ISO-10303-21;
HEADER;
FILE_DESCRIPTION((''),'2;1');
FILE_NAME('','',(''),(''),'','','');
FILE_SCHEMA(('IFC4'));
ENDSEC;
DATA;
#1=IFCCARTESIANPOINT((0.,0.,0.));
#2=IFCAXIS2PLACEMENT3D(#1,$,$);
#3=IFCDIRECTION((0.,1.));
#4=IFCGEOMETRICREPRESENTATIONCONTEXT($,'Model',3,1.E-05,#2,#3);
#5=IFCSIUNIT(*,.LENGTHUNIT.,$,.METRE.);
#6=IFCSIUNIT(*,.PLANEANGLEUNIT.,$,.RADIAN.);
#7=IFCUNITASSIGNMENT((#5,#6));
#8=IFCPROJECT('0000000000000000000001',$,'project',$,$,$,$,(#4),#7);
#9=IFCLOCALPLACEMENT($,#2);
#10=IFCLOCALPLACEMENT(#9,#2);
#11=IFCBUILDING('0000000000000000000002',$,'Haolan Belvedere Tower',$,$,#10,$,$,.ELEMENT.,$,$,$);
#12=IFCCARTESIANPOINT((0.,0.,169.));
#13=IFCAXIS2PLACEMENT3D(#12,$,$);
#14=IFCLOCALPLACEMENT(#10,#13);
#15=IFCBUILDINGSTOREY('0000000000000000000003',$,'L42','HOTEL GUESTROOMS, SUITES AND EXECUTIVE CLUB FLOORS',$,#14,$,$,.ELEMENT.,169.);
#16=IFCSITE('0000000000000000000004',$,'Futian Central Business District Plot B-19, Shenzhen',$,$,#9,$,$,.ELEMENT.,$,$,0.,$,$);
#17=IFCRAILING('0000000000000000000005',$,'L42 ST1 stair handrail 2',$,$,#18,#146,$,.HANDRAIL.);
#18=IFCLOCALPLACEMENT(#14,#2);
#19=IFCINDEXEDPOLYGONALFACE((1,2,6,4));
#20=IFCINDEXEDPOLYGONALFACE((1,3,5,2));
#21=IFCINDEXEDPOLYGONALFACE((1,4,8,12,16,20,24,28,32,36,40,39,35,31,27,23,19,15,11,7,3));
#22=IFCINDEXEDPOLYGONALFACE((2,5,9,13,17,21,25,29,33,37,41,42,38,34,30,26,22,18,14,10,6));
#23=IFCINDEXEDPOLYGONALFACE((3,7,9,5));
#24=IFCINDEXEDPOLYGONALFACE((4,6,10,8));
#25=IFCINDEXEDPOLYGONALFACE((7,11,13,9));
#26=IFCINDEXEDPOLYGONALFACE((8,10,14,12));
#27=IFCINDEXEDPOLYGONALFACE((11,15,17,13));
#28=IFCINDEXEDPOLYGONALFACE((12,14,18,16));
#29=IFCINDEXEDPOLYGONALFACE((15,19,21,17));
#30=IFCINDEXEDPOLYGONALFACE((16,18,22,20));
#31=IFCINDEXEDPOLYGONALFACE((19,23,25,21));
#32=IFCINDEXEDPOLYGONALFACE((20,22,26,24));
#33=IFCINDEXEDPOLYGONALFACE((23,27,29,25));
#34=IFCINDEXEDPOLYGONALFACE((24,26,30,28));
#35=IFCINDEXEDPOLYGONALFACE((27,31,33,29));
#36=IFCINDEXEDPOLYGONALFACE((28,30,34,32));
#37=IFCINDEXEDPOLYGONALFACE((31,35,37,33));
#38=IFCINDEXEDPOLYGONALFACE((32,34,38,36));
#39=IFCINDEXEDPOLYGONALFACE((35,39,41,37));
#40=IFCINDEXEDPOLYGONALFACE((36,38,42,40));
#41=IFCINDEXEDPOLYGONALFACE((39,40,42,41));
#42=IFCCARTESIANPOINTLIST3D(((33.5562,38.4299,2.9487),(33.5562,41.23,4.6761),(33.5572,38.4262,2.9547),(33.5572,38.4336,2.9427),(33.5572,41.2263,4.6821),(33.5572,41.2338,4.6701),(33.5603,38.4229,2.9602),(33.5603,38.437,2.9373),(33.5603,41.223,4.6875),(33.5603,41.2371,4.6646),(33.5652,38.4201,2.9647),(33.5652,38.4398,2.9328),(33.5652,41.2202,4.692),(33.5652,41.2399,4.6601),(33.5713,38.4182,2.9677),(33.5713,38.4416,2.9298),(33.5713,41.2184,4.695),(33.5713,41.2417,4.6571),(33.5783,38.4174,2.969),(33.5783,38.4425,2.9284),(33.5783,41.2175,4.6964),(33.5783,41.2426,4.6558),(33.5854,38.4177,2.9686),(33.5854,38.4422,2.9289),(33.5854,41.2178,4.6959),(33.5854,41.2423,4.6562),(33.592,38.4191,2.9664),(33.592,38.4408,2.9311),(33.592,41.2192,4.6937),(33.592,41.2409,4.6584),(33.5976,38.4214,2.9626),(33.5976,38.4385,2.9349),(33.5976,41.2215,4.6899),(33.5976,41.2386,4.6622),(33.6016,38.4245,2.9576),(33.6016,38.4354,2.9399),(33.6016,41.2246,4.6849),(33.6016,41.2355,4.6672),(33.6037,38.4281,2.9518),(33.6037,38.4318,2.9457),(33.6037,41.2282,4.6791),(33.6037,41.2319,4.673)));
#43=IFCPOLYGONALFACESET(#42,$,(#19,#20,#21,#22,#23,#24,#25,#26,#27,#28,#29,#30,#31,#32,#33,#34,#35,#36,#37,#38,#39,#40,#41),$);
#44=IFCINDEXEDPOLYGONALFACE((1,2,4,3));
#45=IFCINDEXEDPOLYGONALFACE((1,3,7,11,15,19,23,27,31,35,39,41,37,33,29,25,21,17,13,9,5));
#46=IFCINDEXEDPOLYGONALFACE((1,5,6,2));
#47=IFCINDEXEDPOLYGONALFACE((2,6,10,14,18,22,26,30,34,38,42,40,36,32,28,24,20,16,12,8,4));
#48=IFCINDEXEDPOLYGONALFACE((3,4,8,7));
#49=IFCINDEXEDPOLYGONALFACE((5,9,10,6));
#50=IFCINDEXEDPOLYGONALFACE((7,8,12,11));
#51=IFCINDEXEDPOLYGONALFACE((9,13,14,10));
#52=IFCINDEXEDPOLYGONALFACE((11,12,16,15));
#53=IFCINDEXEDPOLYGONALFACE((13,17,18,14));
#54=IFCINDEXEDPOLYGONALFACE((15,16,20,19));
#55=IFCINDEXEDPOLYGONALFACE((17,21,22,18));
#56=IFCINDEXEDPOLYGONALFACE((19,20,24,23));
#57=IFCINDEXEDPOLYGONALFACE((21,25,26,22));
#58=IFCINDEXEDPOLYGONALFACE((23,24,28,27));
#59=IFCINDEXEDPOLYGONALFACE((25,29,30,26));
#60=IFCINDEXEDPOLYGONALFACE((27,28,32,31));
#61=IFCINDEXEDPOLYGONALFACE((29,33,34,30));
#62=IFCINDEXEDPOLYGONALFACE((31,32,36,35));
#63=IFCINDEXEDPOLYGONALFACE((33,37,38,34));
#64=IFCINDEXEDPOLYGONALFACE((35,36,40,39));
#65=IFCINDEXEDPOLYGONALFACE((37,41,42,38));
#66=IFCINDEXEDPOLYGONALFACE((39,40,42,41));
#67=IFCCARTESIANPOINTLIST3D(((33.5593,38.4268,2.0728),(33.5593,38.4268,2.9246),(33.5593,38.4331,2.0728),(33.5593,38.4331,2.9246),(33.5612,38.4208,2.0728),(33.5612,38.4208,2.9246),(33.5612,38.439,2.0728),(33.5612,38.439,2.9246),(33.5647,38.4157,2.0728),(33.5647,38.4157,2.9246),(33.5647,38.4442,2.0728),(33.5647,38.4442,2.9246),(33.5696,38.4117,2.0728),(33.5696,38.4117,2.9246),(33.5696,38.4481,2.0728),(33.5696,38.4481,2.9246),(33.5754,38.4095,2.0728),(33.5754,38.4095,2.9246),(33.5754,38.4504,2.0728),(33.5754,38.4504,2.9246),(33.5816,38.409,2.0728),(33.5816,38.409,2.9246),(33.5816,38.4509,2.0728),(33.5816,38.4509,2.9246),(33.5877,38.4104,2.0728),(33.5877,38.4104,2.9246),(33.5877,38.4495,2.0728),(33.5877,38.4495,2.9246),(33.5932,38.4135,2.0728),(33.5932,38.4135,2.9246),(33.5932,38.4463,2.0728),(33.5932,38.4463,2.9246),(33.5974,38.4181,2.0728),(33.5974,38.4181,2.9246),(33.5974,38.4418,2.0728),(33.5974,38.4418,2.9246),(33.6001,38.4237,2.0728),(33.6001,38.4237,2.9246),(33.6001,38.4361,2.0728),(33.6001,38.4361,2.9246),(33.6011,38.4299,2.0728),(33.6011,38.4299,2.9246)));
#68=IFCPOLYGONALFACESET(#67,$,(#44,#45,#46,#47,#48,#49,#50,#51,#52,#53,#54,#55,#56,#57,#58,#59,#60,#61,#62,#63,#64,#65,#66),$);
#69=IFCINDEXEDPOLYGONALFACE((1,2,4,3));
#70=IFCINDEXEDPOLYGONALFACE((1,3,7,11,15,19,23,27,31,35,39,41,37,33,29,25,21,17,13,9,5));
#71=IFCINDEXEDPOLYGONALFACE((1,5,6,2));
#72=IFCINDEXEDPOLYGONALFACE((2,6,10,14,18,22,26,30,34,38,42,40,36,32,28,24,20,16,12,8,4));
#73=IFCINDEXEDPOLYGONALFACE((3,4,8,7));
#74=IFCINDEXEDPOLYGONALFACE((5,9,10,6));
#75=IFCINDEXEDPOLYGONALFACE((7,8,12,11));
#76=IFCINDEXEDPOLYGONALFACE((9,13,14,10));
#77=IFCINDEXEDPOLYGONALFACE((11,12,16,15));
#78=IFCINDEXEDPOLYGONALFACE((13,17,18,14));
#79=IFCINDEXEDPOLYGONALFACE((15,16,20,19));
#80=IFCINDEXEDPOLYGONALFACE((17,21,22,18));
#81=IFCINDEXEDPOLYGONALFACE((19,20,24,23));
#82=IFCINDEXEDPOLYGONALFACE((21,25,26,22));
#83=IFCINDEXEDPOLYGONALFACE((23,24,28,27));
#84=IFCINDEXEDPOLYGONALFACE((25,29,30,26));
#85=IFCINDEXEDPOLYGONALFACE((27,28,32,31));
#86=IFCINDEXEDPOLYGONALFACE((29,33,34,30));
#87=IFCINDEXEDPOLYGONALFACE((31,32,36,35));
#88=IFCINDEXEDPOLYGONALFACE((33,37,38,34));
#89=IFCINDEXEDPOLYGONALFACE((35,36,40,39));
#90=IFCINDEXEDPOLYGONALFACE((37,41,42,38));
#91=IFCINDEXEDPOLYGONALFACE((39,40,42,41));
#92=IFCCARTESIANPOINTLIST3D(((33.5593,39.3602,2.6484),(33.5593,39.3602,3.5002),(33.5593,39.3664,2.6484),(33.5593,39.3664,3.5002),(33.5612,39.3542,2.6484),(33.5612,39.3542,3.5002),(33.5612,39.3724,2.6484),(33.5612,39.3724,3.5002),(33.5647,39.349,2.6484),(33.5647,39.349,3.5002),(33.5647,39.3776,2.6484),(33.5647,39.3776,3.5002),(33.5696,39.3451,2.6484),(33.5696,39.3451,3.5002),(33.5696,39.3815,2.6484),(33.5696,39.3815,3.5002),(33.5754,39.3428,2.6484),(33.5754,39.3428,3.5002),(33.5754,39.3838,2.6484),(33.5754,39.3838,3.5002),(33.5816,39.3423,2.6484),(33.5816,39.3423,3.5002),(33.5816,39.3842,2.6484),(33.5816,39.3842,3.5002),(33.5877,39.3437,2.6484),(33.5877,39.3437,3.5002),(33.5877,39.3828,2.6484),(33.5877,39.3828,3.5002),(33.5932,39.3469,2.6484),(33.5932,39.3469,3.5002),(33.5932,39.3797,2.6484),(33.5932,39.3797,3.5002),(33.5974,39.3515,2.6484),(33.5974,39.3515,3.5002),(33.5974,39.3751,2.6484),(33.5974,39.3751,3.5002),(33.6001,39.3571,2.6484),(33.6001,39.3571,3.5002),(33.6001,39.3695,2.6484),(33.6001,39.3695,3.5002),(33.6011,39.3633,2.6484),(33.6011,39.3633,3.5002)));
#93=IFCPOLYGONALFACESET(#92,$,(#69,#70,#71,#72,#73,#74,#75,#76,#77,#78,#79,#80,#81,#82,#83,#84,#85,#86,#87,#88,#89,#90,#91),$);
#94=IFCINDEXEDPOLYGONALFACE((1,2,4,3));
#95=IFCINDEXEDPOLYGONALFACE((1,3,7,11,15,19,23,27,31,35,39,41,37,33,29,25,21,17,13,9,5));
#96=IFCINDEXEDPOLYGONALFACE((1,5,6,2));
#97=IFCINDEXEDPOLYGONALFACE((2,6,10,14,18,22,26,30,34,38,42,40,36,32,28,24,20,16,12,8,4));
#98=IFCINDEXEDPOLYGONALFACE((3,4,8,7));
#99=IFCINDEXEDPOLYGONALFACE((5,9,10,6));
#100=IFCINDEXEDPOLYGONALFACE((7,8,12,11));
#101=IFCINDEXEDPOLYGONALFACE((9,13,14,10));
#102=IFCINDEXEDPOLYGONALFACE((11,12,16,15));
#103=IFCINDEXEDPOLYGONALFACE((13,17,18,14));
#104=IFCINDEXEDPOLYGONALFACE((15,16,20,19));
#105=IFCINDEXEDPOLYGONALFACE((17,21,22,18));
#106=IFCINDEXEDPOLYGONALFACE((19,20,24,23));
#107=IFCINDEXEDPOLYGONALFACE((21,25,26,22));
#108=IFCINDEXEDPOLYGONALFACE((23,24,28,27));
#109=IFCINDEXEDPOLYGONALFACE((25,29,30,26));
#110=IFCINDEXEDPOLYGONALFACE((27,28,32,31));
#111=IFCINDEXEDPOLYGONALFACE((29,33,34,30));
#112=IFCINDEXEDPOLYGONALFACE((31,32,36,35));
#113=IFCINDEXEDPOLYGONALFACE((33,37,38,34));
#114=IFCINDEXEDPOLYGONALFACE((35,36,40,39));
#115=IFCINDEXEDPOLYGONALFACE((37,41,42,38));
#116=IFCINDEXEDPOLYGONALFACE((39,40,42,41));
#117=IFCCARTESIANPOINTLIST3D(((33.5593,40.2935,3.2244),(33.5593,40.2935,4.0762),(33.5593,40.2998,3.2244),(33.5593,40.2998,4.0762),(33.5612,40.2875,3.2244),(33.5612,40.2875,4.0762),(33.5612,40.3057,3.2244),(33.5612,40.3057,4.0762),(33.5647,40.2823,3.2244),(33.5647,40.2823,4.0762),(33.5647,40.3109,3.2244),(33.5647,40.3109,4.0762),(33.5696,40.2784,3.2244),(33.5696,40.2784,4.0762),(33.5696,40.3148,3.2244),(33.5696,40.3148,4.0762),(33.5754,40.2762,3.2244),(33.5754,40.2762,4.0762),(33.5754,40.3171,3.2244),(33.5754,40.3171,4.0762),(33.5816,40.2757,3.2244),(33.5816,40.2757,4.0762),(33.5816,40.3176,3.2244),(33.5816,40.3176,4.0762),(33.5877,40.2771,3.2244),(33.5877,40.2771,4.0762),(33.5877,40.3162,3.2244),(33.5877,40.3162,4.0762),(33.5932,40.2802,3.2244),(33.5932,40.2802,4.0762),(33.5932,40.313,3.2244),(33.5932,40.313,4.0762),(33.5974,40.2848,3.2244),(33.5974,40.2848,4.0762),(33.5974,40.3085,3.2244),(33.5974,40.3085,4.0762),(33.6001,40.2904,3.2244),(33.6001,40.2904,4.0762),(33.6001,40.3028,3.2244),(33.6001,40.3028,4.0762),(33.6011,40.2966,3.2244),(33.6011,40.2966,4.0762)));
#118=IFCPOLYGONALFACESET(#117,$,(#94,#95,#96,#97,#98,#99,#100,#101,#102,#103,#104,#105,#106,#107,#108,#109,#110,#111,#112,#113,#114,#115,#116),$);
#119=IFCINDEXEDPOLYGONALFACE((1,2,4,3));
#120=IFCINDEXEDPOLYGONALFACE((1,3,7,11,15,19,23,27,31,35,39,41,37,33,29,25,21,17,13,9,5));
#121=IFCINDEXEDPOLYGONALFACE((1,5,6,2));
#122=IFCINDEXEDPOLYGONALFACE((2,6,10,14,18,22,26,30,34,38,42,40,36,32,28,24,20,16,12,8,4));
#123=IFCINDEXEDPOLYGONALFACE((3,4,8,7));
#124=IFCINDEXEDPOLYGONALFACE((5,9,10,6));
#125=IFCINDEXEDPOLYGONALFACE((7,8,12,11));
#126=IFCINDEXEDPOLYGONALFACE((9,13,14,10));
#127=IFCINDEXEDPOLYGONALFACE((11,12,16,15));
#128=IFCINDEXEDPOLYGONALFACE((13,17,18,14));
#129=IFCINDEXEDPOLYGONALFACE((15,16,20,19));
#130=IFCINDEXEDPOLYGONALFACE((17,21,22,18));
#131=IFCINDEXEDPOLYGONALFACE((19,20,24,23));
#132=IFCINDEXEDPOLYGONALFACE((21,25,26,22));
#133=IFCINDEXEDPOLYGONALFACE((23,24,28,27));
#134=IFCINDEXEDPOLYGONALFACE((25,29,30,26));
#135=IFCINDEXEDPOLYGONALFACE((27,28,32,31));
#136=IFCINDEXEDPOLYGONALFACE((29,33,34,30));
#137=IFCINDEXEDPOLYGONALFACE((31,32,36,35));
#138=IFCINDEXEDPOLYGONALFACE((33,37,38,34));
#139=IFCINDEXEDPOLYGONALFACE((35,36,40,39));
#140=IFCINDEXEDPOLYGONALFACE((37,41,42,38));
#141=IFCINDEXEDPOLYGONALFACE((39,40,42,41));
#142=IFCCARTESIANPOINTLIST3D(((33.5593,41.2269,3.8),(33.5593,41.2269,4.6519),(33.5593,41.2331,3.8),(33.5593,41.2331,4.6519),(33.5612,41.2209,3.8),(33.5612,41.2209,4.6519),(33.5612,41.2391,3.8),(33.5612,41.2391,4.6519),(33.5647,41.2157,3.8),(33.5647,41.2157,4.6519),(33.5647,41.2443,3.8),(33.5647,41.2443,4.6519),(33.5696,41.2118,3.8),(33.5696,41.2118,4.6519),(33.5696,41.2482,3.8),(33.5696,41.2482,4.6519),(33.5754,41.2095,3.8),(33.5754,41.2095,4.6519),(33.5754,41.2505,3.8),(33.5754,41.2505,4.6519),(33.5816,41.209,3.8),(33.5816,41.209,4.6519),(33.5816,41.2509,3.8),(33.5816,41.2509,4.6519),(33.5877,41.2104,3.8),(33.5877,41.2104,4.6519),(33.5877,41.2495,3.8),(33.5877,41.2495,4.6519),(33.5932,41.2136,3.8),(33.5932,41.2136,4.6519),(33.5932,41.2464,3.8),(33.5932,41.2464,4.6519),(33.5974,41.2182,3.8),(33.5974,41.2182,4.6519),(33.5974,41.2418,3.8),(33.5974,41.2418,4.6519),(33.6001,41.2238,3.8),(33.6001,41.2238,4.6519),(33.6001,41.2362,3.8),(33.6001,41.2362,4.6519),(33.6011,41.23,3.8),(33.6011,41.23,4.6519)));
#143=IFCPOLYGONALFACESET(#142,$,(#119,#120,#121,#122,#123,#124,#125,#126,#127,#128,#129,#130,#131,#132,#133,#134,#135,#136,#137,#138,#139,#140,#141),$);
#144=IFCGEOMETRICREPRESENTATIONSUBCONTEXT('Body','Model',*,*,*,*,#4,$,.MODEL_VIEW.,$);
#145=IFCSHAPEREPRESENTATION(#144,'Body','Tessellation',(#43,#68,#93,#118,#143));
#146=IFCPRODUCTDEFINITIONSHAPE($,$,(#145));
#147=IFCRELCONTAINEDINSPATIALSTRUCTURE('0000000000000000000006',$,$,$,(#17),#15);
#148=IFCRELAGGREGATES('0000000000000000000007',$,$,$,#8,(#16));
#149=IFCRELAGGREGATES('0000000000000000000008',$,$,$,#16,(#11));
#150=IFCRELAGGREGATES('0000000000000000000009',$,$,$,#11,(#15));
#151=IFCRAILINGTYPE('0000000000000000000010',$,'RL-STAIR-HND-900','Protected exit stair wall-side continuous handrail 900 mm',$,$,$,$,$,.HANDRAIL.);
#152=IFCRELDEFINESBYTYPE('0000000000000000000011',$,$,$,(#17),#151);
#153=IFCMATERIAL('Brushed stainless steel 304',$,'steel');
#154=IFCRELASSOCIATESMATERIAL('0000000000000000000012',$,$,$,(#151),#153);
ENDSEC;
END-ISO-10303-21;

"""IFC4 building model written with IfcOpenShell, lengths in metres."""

from ifc_helpers import new_model, si_unit, direction, frame, origin, origin_2d, place, context, subcontext, project, spatial, circle, extrude, material, type_object, element, save


model = new_model("IFC4")

# Units and contexts
model_context = context("Model", 3, precision=1e-05, world=origin(), true_north=direction((0.0, 1.0)))
body_context = subcontext(model_context, "Body", "Model", "MODEL_VIEW")
ifc_project = project(units=[si_unit("LENGTHUNIT", "METRE"), si_unit("PLANEANGLEUNIT", "RADIAN")], contexts=[model_context])

# Site, building, storey
site_placement = place(None, origin())
site = spatial("IfcSite", under=ifc_project, at=site_placement, Name="Futian Central Business District Plot B-19, Shenzhen", CompositionType="ELEMENT", RefElevation=0.0)
building_placement = place(site_placement, origin())
building = spatial("IfcBuilding", under=site, at=building_placement, Name="Haolan Belvedere Tower", CompositionType="ELEMENT")
storey_placement = place(building_placement, frame((0.0, 0.0, 169.0)))
storey = spatial("IfcBuildingStorey", under=building, at=storey_placement, Name="L42", Description="HOTEL GUESTROOMS, SUITES AND EXECUTIVE CLUB FLOORS", CompositionType="ELEMENT", Elevation=169.0)

# Railing
ifc_material_1 = material(Name="Brushed stainless steel 304", Category="steel")
railing_type_1 = type_object("IfcRailingType", Name="RL-STAIR-HND-900", Description="Protected exit stair wall-side continuous handrail 900 mm", PredefinedType="HANDRAIL", material=ifc_material_1)
railing_1_placement = place(storey_placement, frame((33.5801, 38.4299, 2.0728)))
element("IfcRailing", 1, at=railing_1_placement, inside=storey, type_object=railing_type_1, Name="L42 ST1 stair handrail 2", PredefinedType="HANDRAIL", context=body_context, shape_type="SweptSolid", body=[
    extrude(circle(Radius=0.0239, at=origin_2d()), frame((0.0, 0.0, 0.876), z_axis=(0.0, 0.85109, 0.52502), x_axis=(-1.0, 0.0, 0.0)), (0.0, 0.0, 1.0), 3.29),
    extrude(circle(Radius=0.021, at=origin_2d()), origin(), (0.0, 0.0, 1.0), 0.8518),
    extrude(circle(Radius=0.021, at=origin_2d()), frame((0.0, 0.9333, 0.5757)), (0.0, 0.0, 1.0), 0.8518),
    extrude(circle(Radius=0.021, at=origin_2d()), frame((0.0, 1.8667, 1.1516)), (0.0, 0.0, 1.0), 0.8518),
    extrude(circle(Radius=0.021, at=origin_2d()), frame((0.0, 2.8, 1.7273)), (0.0, 0.0, 1.0), 0.8518),
])

save(model, "model.ifc")
